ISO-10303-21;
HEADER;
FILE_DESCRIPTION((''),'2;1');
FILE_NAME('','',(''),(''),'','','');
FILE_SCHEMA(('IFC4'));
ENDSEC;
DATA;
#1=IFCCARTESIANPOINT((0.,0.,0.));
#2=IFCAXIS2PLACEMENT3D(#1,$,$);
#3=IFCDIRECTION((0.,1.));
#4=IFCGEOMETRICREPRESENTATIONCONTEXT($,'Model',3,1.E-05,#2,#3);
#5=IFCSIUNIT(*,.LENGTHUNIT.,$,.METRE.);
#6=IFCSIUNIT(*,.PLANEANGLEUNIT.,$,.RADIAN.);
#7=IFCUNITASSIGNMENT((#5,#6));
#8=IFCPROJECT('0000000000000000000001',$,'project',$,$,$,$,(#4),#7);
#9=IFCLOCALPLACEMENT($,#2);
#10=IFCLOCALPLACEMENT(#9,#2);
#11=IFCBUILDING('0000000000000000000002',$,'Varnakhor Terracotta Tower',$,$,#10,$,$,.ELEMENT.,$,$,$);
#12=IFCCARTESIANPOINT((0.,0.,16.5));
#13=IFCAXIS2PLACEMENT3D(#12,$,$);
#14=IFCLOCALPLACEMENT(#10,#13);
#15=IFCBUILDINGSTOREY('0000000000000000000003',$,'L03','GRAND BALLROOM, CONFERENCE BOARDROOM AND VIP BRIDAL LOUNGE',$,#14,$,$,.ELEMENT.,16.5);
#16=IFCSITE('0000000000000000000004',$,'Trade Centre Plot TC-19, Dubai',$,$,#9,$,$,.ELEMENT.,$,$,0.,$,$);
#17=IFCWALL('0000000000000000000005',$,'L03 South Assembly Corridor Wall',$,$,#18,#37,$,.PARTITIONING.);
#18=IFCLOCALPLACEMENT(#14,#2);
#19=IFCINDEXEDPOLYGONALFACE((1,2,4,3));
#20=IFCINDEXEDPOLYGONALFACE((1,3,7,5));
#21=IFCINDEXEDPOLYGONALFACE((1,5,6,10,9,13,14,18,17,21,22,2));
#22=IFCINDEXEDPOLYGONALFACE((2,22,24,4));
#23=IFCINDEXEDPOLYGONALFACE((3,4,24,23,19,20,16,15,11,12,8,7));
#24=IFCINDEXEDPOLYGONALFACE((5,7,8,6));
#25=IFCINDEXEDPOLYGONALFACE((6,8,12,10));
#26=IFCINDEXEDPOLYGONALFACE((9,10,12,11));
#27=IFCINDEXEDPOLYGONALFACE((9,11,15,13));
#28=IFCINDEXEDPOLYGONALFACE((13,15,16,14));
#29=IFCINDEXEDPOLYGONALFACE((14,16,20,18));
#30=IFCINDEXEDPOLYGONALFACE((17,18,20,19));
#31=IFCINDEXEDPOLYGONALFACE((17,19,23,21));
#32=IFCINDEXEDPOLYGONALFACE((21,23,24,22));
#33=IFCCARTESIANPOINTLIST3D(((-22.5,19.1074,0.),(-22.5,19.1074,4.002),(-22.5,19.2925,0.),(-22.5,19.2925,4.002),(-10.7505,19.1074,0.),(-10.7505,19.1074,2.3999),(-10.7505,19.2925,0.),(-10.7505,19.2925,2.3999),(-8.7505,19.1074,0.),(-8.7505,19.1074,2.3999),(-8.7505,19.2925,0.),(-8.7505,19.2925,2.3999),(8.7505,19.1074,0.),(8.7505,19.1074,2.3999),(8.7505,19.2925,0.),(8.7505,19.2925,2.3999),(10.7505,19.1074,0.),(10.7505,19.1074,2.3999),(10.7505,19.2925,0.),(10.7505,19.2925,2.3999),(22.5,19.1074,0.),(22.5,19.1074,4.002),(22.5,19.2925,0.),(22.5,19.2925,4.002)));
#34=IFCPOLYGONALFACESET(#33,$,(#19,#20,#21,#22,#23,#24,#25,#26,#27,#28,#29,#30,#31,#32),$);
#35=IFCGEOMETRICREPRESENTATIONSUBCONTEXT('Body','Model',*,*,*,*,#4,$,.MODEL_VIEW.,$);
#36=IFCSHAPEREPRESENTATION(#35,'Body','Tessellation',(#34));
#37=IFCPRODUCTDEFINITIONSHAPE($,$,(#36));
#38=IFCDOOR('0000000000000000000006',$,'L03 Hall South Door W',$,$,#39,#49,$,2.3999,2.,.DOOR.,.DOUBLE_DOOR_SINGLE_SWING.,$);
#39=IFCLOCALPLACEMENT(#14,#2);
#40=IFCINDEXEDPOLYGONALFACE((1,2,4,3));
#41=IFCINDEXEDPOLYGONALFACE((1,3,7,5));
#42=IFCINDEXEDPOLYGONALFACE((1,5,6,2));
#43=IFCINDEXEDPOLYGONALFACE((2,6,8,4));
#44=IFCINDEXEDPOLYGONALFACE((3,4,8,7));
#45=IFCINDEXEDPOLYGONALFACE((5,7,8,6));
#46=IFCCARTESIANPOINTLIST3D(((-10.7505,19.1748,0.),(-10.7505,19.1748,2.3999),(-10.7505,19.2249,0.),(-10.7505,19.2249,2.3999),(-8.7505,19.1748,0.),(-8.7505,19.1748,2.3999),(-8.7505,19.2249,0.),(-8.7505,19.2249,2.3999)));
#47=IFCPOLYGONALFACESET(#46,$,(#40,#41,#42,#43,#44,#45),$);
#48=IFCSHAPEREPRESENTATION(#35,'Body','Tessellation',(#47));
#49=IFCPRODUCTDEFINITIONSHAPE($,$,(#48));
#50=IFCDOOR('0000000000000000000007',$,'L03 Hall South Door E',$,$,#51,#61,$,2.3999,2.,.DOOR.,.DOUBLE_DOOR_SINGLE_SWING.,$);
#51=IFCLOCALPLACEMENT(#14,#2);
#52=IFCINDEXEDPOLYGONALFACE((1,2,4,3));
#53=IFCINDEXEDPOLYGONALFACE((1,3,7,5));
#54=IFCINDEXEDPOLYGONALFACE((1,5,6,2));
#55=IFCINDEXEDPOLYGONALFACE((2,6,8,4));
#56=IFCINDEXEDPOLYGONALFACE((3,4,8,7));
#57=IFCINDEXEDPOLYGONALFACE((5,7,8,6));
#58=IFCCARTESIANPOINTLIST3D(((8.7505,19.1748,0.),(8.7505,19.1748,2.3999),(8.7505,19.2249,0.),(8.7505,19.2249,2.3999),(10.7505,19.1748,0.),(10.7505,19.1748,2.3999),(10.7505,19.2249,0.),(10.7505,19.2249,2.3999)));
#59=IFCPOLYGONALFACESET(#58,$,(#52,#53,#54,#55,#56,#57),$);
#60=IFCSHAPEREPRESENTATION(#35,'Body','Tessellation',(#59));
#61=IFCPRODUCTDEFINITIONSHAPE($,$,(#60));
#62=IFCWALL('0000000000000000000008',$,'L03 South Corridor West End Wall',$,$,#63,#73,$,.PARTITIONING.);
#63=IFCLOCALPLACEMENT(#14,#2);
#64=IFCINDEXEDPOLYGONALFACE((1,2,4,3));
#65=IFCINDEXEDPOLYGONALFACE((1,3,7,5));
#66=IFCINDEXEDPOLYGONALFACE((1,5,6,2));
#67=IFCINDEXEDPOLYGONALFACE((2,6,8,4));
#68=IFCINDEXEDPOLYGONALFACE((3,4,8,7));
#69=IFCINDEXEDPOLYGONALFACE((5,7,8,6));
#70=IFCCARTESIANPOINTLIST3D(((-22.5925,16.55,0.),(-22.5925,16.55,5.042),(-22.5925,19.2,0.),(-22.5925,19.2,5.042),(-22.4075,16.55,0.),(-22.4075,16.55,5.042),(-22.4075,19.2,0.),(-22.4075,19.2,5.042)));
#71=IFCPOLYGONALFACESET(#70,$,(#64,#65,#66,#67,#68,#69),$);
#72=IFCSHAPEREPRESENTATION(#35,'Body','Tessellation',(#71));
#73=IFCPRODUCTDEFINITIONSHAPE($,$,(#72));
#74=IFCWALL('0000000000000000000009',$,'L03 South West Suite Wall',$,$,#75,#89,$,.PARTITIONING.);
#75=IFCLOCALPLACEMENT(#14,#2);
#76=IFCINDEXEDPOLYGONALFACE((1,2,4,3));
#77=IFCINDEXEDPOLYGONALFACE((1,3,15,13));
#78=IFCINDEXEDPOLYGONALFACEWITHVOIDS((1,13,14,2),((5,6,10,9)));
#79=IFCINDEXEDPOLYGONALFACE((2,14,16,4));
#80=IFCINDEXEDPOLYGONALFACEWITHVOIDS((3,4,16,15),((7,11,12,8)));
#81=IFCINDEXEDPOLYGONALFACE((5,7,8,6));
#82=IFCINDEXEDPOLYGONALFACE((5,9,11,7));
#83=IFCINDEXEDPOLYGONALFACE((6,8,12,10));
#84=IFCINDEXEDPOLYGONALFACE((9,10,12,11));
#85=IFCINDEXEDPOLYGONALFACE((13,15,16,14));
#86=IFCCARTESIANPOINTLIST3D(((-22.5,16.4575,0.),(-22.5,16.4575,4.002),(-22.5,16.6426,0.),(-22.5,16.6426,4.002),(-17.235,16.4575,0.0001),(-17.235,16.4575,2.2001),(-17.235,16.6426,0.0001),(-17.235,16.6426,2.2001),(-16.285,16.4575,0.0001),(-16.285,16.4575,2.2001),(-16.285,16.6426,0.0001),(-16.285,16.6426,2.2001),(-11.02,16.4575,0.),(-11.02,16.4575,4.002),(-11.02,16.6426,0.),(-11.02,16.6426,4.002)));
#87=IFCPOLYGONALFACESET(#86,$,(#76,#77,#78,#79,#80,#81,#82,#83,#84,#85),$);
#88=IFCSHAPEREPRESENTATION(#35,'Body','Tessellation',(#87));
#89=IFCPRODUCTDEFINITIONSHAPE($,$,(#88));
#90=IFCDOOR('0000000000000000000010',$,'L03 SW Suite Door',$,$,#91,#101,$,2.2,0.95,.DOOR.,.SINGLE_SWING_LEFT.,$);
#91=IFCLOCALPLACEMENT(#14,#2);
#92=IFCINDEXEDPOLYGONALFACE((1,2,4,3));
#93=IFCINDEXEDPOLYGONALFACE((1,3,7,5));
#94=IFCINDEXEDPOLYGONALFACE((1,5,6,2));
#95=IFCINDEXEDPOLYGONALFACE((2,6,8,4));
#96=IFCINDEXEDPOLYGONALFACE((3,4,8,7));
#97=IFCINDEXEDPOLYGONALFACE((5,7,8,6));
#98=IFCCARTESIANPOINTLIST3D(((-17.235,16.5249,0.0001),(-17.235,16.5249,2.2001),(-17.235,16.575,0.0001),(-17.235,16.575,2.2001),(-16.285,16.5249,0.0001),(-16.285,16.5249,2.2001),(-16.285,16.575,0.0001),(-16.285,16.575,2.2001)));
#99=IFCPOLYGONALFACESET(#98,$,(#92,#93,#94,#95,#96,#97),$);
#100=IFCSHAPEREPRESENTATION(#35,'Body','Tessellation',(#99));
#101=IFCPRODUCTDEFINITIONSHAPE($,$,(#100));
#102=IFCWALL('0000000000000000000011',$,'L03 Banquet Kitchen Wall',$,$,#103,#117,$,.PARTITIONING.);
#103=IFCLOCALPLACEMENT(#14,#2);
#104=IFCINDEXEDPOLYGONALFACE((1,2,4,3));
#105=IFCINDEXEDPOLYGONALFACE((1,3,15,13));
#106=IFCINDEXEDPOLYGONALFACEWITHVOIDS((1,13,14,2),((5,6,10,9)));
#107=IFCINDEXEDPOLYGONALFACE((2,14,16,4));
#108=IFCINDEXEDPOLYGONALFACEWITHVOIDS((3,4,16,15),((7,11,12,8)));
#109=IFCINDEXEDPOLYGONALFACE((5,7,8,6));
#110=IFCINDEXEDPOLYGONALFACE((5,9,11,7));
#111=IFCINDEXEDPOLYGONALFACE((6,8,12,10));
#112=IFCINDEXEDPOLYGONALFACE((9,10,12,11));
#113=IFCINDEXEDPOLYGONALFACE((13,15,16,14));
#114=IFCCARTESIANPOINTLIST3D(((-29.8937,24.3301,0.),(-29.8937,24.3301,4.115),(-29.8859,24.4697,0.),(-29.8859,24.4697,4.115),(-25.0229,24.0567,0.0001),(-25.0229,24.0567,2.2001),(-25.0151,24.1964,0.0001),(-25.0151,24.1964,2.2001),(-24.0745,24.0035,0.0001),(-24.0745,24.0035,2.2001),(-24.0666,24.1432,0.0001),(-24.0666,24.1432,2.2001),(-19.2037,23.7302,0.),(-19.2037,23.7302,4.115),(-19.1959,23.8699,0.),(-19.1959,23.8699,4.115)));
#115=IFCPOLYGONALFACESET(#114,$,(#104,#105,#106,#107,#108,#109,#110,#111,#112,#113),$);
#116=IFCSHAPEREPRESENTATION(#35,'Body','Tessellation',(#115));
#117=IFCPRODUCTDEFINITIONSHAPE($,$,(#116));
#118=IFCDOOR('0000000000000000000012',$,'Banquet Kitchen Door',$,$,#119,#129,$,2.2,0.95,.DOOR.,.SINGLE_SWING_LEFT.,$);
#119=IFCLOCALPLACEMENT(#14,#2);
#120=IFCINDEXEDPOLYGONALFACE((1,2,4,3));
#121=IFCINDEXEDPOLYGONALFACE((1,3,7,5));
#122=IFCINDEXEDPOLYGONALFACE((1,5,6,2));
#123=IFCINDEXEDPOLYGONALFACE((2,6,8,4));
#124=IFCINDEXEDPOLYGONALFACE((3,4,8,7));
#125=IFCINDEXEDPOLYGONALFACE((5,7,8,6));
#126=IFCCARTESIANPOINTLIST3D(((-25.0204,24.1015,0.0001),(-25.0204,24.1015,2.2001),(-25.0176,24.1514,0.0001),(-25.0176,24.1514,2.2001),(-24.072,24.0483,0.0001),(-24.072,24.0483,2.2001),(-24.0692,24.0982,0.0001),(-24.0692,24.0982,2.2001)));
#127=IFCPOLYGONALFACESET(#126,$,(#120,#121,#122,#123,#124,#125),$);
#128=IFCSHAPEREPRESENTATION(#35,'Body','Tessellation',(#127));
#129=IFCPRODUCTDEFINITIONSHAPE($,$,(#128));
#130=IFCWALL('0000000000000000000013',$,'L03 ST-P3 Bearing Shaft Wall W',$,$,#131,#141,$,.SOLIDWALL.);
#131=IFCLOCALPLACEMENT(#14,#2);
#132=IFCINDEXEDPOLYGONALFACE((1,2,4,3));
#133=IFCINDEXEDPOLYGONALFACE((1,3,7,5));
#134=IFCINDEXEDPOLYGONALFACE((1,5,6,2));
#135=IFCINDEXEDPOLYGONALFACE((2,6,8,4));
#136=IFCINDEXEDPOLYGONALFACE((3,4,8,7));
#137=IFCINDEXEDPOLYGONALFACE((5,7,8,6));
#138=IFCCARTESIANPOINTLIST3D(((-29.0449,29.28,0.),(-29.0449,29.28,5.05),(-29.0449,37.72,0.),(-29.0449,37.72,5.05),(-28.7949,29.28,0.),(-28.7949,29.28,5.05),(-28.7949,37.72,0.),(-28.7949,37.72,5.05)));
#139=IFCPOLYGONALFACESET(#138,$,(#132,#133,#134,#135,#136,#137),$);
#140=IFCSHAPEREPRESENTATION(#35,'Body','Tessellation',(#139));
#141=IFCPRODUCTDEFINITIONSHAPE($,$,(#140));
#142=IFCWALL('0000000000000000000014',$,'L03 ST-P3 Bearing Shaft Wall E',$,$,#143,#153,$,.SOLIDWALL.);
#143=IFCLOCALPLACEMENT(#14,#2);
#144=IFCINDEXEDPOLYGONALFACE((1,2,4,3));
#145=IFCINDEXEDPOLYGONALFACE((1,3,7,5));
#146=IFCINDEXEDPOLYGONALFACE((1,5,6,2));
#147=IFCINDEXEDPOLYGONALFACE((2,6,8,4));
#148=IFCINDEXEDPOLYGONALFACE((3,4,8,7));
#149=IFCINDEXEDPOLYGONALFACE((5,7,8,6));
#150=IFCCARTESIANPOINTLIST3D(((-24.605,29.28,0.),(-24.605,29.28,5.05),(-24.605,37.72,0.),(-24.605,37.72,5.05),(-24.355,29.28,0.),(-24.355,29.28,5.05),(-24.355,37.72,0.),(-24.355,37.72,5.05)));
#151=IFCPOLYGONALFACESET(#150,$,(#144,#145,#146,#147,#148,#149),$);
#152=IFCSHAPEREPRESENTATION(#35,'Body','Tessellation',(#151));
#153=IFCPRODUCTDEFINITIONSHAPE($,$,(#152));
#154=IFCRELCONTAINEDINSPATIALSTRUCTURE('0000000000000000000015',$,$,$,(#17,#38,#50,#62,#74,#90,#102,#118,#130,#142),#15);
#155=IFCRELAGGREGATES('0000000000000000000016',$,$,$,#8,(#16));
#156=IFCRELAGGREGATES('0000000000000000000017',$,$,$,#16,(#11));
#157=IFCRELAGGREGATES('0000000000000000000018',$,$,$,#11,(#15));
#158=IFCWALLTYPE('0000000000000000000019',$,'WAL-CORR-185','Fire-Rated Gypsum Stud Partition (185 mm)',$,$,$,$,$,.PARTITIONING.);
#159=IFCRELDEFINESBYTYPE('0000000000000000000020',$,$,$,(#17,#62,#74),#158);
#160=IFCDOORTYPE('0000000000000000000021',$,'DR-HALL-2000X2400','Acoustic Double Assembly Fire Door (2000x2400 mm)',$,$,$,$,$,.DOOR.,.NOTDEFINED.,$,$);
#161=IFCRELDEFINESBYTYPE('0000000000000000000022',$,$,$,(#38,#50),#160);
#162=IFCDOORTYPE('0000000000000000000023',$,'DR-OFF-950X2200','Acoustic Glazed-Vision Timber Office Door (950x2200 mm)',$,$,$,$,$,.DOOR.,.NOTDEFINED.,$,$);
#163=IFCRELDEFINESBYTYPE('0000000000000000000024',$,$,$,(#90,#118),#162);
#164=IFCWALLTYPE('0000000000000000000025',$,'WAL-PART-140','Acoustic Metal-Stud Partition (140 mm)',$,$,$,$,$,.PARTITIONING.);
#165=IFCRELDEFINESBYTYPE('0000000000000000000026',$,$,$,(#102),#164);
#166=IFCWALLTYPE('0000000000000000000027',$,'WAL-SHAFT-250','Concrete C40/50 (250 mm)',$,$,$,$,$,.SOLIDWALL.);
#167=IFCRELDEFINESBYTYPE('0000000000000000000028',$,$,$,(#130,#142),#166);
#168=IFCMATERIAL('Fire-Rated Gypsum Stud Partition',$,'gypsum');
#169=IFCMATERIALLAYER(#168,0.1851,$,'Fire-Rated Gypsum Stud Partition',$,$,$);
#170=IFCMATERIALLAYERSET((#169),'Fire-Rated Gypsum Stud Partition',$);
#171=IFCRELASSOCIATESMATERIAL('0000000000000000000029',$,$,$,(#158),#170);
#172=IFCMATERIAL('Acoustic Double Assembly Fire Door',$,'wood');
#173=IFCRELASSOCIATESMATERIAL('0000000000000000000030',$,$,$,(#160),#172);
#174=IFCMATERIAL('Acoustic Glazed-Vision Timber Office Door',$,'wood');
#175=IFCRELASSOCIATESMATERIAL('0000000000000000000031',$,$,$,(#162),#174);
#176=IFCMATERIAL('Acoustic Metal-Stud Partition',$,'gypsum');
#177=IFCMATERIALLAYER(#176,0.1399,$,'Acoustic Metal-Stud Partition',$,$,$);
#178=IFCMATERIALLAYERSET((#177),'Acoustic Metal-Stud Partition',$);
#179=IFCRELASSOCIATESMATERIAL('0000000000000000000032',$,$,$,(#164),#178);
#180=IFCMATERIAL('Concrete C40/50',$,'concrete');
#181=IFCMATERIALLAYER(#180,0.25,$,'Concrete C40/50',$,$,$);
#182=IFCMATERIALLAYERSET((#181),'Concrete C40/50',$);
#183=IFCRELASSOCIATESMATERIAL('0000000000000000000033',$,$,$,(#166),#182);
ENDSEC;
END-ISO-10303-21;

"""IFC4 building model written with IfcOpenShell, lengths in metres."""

from ifc_helpers import new_model, si_unit, direction, frame, frame_2d, origin, place, context, subcontext, project, spatial, rectangle, extrude, source, transform, mapped, material, layer, layer_set, type_object, type_shapes, element, fill, save


model = new_model("IFC4")

# Units and contexts
model_context = context("Model", 3, precision=1e-05, world=origin(), true_north=direction((0.0, 1.0)))
body_context = subcontext(model_context, "Body", "Model", "MODEL_VIEW")
ifc_project = project(units=[si_unit("LENGTHUNIT", "METRE"), si_unit("PLANEANGLEUNIT", "RADIAN")], contexts=[model_context])

# Site, building, storey
site_placement = place(None, origin())
site = spatial("IfcSite", under=ifc_project, at=site_placement, Name="Trade Centre Plot TC-19, Dubai", CompositionType="ELEMENT", RefElevation=0.0)
building_placement = place(site_placement, origin())
building = spatial("IfcBuilding", under=site, at=building_placement, Name="Varnakhor Terracotta Tower", CompositionType="ELEMENT")
storey_placement = place(building_placement, frame((0.0, 0.0, 16.5)))
storey = spatial("IfcBuildingStorey", under=building, at=storey_placement, Name="L03", Description="GRAND BALLROOM, CONFERENCE BOARDROOM AND VIP BRIDAL LOUNGE", CompositionType="ELEMENT", Elevation=16.5)

# Wall, openings, doors
ifc_material_1 = material(Name="Fire-Rated Gypsum Stud Partition", Category="gypsum")
ifc_layer_1 = layer(ifc_material_1, 0.1851, Name="Fire-Rated Gypsum Stud Partition")
ifc_layer_set_1 = layer_set([ifc_layer_1], Name="Fire-Rated Gypsum Stud Partition")
wall_type_1 = type_object("IfcWallType", Name="WAL-CORR-185", Description="Fire-Rated Gypsum Stud Partition (185 mm)", PredefinedType="PARTITIONING", material=ifc_layer_set_1)
wall_1_placement = place(storey_placement, frame((-22.5, 19.2, 0.0), z_axis=(0.0, 0.0, 1.0), x_axis=(1.0, 0.0, 0.0)))
wall_1 = element("IfcWall", 1, at=wall_1_placement, inside=storey, type_object=wall_type_1, Name="L03 South Assembly Corridor Wall", PredefinedType="PARTITIONING", context=body_context, shape_type="SweptSolid", body=[
    extrude(rectangle(XDim=45.0, YDim=0.1851, at=frame_2d((22.5, 0.0))), origin(), (0.0, 0.0, 1.0), 4.002),
])
opening_1_placement = place(wall_1_placement, frame((11.7495, 0.0, 0.0)))
opening_1 = element("IfcOpeningElement", 2, at=opening_1_placement, cuts=wall_1, PredefinedType="OPENING", context=body_context, shape_type="SweptSolid", body=[
    extrude(rectangle(XDim=2.0, YDim=2.3999, at=frame_2d((1.0, 1.2))), frame((0.0, 0.1025, 0.0), z_axis=(0.0, -1.0, 0.0), x_axis=(1.0, 0.0, 0.0)), (0.0, 0.0, 1.0), 0.2051),
])
opening_2_placement = place(wall_1_placement, frame((31.2505, 0.0, 0.0)))
opening_2 = element("IfcOpeningElement", 3, at=opening_2_placement, cuts=wall_1, PredefinedType="OPENING", context=body_context, shape_type="SweptSolid", body=[
    extrude(rectangle(XDim=2.0, YDim=2.3999, at=frame_2d((1.0, 1.2))), frame((0.0, 0.1025, 0.0), z_axis=(0.0, -1.0, 0.0), x_axis=(1.0, 0.0, 0.0)), (0.0, 0.0, 1.0), 0.2051),
])
ifc_material_2 = material(Name="Acoustic Double Assembly Fire Door", Category="wood")
door_type_1 = type_object("IfcDoorType", Name="DR-HALL-2000X2400", Description="Acoustic Double Assembly Fire Door (2000x2400 mm)", OperationType="NOTDEFINED", PredefinedType="DOOR", material=ifc_material_2)
shared_shape_1 = source(origin(), body_context, "Body", "SweptSolid", [
    extrude(rectangle(XDim=2.0, YDim=2.3999, at=frame_2d((1.0, 1.2))), frame((0.0, 0.0249, 0.0), z_axis=(0.0, -1.0, 0.0), x_axis=(1.0, 0.0, 0.0)), (0.0, 0.0, 1.0), 0.05),
])
type_shapes(door_type_1, [shared_shape_1])
door_1_placement = place(opening_1_placement, origin())
door_1 = element("IfcDoor", 4, at=door_1_placement, inside=storey, type_object=door_type_1, Name="L03 Hall South Door W", OperationType="DOUBLE_DOOR_SINGLE_SWING", OverallHeight=2.3999, OverallWidth=2.0, PredefinedType="DOOR", context=body_context, shape_type="MappedRepresentation", body=[
    mapped(shared_shape_1, transform((0.0, 0.0, 0.0), scale=1.0)),
])
fill(opening_1, door_1)
door_2_placement = place(opening_2_placement, origin())
door_2 = element("IfcDoor", 5, at=door_2_placement, inside=storey, type_object=door_type_1, Name="L03 Hall South Door E", OperationType="DOUBLE_DOOR_SINGLE_SWING", OverallHeight=2.3999, OverallWidth=2.0, PredefinedType="DOOR", context=body_context, shape_type="MappedRepresentation", body=[
    mapped(shared_shape_1, transform((0.0, 0.0, 0.0), scale=1.0)),
])
fill(opening_2, door_2)

# Wall
wall_2_placement = place(storey_placement, frame((-22.5, 16.55, 0.0), z_axis=(0.0, 0.0, 1.0), x_axis=(0.0, 1.0, 0.0)))
element("IfcWall", 6, at=wall_2_placement, inside=storey, type_object=wall_type_1, Name="L03 South Corridor West End Wall", PredefinedType="PARTITIONING", context=body_context, shape_type="SweptSolid", body=[
    extrude(rectangle(XDim=2.6499, YDim=0.1851, at=frame_2d((1.325, 0.0))), origin(), (0.0, 0.0, 1.0), 5.042),
])

# Walls, openings, doors
wall_3_placement = place(storey_placement, frame((-22.5, 16.55, 0.0), z_axis=(0.0, 0.0, 1.0), x_axis=(1.0, 0.0, 0.0)))
wall_3 = element("IfcWall", 7, at=wall_3_placement, inside=storey, type_object=wall_type_1, Name="L03 South West Suite Wall", PredefinedType="PARTITIONING", context=body_context, shape_type="SweptSolid", body=[
    extrude(rectangle(XDim=11.48, YDim=0.1851, at=frame_2d((5.74, 0.0))), origin(), (0.0, 0.0, 1.0), 4.002),
])
opening_3_placement = place(wall_3_placement, frame((5.2649, 0.0, 0.0)))
opening_3 = element("IfcOpeningElement", 8, at=opening_3_placement, cuts=wall_3, PredefinedType="OPENING", context=body_context, shape_type="SweptSolid", body=[
    extrude(rectangle(XDim=0.95, YDim=2.2, at=frame_2d((0.4751, 1.1001))), frame((0.0, 0.1025, 0.0), z_axis=(0.0, -1.0, 0.0), x_axis=(1.0, 0.0, 0.0)), (0.0, 0.0, 1.0), 0.2051),
])
ifc_material_3 = material(Name="Acoustic Glazed-Vision Timber Office Door", Category="wood")
door_type_2 = type_object("IfcDoorType", Name="DR-OFF-950X2200", Description="Acoustic Glazed-Vision Timber Office Door (950x2200 mm)", OperationType="NOTDEFINED", PredefinedType="DOOR", material=ifc_material_3)
shared_shape_2 = source(origin(), body_context, "Body", "SweptSolid", [
    extrude(rectangle(XDim=0.95, YDim=2.2, at=frame_2d((0.4751, 1.1001))), frame((0.0, 0.0249, 0.0), z_axis=(0.0, -1.0, 0.0), x_axis=(1.0, 0.0, 0.0)), (0.0, 0.0, 1.0), 0.05),
])
type_shapes(door_type_2, [shared_shape_2])
door_3_placement = place(opening_3_placement, origin())
door_3 = element("IfcDoor", 9, at=door_3_placement, inside=storey, type_object=door_type_2, Name="L03 SW Suite Door", OperationType="SINGLE_SWING_LEFT", OverallHeight=2.2, OverallWidth=0.95, PredefinedType="DOOR", context=body_context, shape_type="MappedRepresentation", body=[
    mapped(shared_shape_2, transform((0.0, 0.0, 0.0), scale=1.0)),
])
fill(opening_3, door_3)
ifc_material_4 = material(Name="Acoustic Metal-Stud Partition", Category="gypsum")
ifc_layer_2 = layer(ifc_material_4, 0.1399, Name="Acoustic Metal-Stud Partition")
ifc_layer_set_2 = layer_set([ifc_layer_2], Name="Acoustic Metal-Stud Partition")
wall_type_2 = type_object("IfcWallType", Name="WAL-PART-140", Description="Acoustic Metal-Stud Partition (140 mm)", PredefinedType="PARTITIONING", material=ifc_layer_set_2)
wall_4_placement = place(storey_placement, frame((-29.8899, 24.3999, 0.0), z_axis=(0.0, 0.0, 1.0), x_axis=(0.998429, -0.056026, 0.0)))
wall_4 = element("IfcWall", 10, at=wall_4_placement, inside=storey, type_object=wall_type_2, Name="L03 Banquet Kitchen Wall", PredefinedType="PARTITIONING", context=body_context, shape_type="SweptSolid", body=[
    extrude(rectangle(XDim=10.7068, YDim=0.1399, at=frame_2d((5.3535, 0.0))), origin(), (0.0, 0.0, 1.0), 4.115),
])
opening_4_placement = place(wall_4_placement, frame((4.8784, 0.0, 0.0)))
opening_4 = element("IfcOpeningElement", 11, at=opening_4_placement, cuts=wall_4, PredefinedType="OPENING", context=body_context, shape_type="SweptSolid", body=[
    extrude(rectangle(XDim=0.95, YDim=2.2, at=frame_2d((0.4751, 1.1001))), frame((0.0, 0.0801, 0.0), z_axis=(0.0, -1.0, 0.0), x_axis=(1.0, 0.0, 0.0)), (0.0, 0.0, 1.0), 0.1599),
])
door_4_placement = place(opening_4_placement, origin())
door_4 = element("IfcDoor", 12, at=door_4_placement, inside=storey, type_object=door_type_2, Name="Banquet Kitchen Door", OperationType="SINGLE_SWING_LEFT", OverallHeight=2.2, OverallWidth=0.95, PredefinedType="DOOR", context=body_context, shape_type="MappedRepresentation", body=[
    mapped(shared_shape_2, transform((0.0, 0.0, 0.0), scale=1.0)),
])
fill(opening_4, door_4)

# Walls
ifc_material_5 = material(Name="Concrete C40/50", Category="concrete")
ifc_layer_3 = layer(ifc_material_5, 0.25, Name="Concrete C40/50")
ifc_layer_set_3 = layer_set([ifc_layer_3], Name="Concrete C40/50")
wall_type_3 = type_object("IfcWallType", Name="WAL-SHAFT-250", Description="Concrete C40/50 (250 mm)", PredefinedType="SOLIDWALL", material=ifc_layer_set_3)
for number, where, z_axis, x_axis, name in (
    (13, (-28.9199, 29.28, 0.0), (0.0, 0.0, 1.0), (0.0, 1.0, 0.0), "L03 ST-P3 Bearing Shaft Wall W"),
    (14, (-24.48, 29.28, 0.0), (0.0, 0.0, 1.0), (0.0, 1.0, 0.0), "L03 ST-P3 Bearing Shaft Wall E"),
):
    element("IfcWall", number, at=place(storey_placement, frame(where, z_axis=z_axis, x_axis=x_axis)), inside=storey, type_object=wall_type_3, Name=name, PredefinedType="SOLIDWALL", context=body_context, shape_type="SweptSolid", body=[
        extrude(rectangle(XDim=8.4399, YDim=0.25, at=frame_2d((4.22, 0.0))), origin(), (0.0, 0.0, 1.0), 5.05),
    ])

save(model, "model.ifc")
